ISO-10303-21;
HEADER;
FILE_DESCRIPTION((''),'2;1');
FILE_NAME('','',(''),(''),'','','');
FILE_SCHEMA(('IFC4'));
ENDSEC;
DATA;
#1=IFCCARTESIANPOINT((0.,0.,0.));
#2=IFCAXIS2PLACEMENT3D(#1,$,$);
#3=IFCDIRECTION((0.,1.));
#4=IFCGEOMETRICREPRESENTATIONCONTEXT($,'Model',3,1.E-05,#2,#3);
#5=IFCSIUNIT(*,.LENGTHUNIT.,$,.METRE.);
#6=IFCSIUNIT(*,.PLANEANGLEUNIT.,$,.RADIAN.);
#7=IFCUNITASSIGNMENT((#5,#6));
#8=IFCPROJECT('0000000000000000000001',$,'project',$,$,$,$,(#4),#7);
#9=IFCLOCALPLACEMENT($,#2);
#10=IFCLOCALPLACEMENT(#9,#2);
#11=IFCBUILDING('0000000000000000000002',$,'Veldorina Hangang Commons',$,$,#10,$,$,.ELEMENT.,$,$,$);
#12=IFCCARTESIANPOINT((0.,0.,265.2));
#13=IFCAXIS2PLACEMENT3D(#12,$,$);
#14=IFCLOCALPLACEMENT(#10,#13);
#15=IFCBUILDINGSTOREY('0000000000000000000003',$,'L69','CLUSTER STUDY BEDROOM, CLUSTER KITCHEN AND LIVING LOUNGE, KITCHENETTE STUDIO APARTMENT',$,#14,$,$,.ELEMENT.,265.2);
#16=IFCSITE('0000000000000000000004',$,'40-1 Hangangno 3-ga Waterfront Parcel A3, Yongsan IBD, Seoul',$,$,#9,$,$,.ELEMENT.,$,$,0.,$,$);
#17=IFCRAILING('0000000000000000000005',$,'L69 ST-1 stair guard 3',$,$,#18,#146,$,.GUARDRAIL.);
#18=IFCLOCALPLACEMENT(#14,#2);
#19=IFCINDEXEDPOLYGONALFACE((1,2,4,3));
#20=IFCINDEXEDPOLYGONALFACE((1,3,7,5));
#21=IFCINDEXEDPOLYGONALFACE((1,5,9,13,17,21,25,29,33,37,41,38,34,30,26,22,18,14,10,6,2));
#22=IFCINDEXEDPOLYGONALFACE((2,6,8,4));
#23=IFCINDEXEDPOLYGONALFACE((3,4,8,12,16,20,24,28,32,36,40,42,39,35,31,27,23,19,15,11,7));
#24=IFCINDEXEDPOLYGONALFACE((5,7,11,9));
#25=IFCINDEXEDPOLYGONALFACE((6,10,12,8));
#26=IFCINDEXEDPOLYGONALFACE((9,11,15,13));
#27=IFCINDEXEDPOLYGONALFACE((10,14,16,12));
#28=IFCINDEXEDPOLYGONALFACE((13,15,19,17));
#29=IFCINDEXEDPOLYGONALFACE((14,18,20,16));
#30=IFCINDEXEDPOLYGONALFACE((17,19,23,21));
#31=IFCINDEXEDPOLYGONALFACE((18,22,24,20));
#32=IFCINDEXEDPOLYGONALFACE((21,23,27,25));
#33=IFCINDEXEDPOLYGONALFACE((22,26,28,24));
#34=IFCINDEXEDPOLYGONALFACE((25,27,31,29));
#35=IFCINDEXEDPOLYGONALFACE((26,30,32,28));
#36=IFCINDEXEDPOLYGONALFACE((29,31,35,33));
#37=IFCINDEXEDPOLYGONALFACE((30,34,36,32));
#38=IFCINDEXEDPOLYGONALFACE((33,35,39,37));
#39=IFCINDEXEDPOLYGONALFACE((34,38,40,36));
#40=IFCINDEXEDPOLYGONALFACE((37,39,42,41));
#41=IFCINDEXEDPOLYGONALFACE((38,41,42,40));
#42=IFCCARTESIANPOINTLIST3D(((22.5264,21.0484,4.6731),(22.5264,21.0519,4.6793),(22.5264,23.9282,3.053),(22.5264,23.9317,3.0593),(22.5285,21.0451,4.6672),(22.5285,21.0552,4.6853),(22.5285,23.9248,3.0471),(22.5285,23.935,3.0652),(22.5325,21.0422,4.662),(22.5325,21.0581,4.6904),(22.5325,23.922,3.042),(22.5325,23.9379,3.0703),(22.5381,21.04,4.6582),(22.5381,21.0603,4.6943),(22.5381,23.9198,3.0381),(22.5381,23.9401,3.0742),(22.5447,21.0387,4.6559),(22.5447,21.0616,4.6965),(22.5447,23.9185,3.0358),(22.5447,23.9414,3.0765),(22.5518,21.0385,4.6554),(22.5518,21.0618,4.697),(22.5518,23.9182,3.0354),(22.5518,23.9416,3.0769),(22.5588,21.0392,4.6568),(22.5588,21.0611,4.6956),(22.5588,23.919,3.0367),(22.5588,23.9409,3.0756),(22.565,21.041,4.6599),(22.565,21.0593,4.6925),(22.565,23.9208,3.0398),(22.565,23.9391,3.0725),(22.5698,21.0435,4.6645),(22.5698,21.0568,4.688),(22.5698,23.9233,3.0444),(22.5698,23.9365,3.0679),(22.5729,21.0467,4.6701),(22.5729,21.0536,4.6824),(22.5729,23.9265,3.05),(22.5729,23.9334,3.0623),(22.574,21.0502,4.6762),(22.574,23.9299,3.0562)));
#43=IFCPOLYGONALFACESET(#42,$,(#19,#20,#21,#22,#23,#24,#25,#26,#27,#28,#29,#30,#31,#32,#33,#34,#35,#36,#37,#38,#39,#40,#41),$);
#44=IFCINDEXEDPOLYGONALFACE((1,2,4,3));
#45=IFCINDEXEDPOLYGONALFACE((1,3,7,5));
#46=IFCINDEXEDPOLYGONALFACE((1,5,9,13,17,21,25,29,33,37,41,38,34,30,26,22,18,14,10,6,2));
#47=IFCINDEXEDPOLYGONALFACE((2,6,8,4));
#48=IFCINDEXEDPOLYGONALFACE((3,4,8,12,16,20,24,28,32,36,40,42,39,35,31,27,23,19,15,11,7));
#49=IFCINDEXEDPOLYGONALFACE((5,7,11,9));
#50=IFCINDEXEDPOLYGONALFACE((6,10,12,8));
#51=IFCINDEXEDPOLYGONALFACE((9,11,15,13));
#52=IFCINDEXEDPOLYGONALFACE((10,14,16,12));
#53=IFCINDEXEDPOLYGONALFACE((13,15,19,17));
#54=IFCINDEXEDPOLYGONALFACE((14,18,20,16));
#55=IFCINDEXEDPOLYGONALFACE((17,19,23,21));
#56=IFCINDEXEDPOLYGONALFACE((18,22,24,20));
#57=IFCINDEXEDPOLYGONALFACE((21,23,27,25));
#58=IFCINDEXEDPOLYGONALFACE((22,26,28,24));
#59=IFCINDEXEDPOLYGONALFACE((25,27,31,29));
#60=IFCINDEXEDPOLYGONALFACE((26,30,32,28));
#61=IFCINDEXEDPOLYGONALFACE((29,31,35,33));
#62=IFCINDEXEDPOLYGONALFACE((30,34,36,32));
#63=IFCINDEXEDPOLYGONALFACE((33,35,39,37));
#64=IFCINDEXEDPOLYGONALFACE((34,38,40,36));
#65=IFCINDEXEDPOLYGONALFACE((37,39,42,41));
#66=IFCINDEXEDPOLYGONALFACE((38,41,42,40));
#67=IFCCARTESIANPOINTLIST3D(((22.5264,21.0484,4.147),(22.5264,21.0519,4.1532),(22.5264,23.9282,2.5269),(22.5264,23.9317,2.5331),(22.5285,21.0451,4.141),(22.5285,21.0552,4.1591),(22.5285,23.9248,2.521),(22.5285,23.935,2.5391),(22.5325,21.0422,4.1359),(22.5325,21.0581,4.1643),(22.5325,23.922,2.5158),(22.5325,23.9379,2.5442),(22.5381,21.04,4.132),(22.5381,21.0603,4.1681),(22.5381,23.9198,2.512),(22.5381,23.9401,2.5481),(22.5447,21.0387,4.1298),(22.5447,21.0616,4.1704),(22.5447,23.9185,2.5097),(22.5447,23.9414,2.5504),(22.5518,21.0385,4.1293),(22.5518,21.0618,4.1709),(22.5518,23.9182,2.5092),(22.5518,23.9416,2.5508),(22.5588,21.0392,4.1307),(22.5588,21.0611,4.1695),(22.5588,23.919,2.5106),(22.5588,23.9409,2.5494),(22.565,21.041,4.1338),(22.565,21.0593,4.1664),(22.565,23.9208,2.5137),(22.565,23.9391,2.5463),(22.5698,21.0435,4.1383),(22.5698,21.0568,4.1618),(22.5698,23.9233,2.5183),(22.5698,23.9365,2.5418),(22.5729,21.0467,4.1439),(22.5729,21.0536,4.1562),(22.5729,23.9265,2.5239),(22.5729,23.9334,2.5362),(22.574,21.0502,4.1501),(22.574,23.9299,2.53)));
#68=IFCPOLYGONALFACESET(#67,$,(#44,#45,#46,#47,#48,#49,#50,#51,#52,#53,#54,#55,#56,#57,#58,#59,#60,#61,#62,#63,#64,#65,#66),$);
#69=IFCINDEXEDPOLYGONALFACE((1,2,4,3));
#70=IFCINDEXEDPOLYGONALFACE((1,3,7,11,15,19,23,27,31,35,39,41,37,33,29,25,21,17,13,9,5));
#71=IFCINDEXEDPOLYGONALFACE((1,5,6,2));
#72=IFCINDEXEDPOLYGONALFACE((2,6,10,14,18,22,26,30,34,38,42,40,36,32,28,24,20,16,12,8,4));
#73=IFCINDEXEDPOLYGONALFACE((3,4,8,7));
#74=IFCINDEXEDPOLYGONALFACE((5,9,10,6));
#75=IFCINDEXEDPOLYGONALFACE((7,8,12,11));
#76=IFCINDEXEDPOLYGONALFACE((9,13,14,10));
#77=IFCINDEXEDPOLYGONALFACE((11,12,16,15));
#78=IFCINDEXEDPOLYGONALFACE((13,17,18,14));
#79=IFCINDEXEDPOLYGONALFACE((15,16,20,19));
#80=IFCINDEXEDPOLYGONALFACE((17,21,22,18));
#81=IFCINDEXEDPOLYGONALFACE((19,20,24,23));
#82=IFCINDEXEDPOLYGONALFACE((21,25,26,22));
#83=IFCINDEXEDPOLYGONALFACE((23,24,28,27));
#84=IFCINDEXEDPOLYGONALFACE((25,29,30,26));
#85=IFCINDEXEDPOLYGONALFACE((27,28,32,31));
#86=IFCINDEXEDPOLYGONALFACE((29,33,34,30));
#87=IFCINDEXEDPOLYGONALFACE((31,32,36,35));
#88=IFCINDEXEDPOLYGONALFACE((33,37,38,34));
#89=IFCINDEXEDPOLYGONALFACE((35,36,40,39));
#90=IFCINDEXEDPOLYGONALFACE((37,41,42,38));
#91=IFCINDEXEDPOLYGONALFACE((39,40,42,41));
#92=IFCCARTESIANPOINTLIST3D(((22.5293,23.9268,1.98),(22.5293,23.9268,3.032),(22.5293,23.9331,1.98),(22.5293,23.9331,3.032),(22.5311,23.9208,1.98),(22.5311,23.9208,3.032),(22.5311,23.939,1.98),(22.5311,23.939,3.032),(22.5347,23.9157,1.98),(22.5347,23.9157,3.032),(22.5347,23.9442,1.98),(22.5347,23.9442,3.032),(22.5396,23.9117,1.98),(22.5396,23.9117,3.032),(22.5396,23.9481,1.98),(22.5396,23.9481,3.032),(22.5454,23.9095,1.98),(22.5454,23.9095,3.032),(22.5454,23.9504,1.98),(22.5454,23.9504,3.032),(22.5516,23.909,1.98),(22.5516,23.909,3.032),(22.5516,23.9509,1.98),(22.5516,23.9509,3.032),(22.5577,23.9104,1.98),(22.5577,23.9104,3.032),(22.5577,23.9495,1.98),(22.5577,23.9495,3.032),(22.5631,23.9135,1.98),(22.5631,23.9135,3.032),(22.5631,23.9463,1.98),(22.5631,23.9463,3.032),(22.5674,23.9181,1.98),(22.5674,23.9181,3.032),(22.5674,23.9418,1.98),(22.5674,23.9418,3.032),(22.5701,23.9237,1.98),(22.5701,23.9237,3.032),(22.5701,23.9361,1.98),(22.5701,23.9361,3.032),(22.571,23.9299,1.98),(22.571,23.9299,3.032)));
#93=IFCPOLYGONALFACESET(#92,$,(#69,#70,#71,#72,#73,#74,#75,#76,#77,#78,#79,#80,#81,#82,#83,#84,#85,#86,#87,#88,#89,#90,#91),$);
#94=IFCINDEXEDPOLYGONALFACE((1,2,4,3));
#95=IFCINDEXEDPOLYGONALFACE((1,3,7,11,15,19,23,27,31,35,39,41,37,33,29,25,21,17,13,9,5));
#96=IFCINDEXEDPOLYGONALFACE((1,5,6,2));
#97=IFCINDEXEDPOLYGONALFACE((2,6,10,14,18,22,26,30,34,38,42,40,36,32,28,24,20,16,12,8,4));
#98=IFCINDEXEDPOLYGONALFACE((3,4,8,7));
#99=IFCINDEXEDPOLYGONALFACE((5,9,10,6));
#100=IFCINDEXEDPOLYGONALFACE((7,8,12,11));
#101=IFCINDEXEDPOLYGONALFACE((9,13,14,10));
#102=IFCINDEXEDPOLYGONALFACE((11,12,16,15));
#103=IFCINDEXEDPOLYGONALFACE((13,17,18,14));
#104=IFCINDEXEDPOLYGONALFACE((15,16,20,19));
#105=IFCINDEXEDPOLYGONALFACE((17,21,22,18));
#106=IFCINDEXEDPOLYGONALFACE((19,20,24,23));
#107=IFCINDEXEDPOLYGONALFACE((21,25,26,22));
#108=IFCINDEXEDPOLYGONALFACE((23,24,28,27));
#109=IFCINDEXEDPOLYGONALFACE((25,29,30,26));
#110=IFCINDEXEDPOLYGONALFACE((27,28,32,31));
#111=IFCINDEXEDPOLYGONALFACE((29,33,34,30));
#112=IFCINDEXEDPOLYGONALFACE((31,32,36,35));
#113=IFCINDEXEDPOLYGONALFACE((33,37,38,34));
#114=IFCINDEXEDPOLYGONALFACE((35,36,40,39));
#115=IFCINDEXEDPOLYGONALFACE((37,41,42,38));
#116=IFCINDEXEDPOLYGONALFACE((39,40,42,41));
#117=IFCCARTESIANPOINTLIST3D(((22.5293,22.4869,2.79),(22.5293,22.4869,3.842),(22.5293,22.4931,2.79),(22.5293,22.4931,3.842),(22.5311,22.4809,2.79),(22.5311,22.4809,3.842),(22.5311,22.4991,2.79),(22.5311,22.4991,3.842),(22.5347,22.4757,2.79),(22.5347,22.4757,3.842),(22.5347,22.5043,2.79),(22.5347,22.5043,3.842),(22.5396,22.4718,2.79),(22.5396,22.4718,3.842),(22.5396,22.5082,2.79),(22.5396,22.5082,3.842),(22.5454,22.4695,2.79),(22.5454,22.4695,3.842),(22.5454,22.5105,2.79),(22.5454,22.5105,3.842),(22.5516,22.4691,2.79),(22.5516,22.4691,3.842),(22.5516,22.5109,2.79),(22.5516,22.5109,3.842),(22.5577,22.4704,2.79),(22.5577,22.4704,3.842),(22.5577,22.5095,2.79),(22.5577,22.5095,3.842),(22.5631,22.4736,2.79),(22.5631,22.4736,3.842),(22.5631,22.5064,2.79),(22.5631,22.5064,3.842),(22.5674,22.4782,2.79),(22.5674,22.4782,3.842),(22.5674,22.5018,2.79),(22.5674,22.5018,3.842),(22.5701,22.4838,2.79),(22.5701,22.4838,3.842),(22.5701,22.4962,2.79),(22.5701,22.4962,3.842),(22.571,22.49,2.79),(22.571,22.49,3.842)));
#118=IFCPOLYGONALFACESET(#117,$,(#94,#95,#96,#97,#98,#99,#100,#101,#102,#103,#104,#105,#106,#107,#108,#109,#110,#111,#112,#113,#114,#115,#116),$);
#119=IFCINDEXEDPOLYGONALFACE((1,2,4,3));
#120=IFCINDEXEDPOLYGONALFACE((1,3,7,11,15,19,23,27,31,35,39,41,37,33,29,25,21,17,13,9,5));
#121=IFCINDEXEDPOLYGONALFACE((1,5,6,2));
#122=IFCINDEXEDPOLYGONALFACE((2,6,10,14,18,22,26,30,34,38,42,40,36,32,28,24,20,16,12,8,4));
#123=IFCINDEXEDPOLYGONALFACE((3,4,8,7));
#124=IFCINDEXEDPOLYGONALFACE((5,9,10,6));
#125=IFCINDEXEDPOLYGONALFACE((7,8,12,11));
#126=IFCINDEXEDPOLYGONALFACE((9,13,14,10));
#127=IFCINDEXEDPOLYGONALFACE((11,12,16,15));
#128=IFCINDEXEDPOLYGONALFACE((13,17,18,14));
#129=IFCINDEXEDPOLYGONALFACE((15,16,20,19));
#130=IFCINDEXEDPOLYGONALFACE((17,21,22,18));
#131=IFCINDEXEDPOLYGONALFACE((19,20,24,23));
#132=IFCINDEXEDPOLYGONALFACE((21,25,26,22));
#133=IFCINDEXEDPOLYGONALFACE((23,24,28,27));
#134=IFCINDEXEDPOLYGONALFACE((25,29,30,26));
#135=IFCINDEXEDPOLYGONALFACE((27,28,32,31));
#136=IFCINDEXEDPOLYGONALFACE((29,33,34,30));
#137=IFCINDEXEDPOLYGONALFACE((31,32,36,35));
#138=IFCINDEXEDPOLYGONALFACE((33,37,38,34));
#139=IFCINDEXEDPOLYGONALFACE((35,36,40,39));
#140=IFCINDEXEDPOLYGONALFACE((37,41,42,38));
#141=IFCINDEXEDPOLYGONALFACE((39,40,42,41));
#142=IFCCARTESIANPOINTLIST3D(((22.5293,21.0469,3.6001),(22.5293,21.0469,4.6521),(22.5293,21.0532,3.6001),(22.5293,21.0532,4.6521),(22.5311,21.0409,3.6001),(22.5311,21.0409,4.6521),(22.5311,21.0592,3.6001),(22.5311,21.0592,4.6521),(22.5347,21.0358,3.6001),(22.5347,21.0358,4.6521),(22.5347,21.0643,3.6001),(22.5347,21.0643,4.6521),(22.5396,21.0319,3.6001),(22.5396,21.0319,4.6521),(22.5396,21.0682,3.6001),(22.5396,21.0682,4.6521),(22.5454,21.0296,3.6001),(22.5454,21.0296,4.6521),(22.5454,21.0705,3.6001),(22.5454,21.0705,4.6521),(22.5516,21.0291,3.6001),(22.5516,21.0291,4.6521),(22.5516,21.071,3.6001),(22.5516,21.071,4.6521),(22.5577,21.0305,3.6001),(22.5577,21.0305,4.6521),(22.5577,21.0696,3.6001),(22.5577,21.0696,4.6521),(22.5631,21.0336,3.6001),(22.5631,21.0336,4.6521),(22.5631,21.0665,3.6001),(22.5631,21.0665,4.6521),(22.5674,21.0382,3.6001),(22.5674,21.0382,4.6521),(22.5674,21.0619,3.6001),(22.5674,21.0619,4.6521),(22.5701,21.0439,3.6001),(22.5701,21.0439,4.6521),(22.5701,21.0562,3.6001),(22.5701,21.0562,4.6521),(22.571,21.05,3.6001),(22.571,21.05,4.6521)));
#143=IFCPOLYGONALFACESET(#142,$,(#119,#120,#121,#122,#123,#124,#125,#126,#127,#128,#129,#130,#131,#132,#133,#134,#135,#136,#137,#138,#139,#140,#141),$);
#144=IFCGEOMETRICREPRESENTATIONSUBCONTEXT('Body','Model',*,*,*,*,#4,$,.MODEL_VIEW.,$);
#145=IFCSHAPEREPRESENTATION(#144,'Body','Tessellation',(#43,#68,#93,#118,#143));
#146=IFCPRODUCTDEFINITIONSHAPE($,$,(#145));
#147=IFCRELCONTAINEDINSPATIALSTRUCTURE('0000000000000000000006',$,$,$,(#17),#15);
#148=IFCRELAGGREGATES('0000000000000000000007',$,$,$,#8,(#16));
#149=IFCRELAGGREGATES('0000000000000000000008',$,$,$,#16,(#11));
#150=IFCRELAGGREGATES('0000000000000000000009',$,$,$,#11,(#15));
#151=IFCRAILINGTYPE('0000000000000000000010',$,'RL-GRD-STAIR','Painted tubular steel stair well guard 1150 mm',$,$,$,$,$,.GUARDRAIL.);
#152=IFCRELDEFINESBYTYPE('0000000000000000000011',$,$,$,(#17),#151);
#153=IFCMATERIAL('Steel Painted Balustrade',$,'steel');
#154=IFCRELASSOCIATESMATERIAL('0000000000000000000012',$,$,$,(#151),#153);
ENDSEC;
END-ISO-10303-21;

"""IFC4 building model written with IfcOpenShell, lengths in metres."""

from ifc_helpers import new_model, si_unit, direction, frame, origin, origin_2d, place, context, subcontext, project, spatial, circle, extrude, material, type_object, element, save


model = new_model("IFC4")

# Units and contexts
model_context = context("Model", 3, precision=1e-05, world=origin(), true_north=direction((0.0, 1.0)))
body_context = subcontext(model_context, "Body", "Model", "MODEL_VIEW")
ifc_project = project(units=[si_unit("LENGTHUNIT", "METRE"), si_unit("PLANEANGLEUNIT", "RADIAN")], contexts=[model_context])

# Site, building, storey
site_placement = place(None, origin())
site = spatial("IfcSite", under=ifc_project, at=site_placement, Name="40-1 Hangangno 3-ga Waterfront Parcel A3, Yongsan IBD, Seoul", CompositionType="ELEMENT", RefElevation=0.0)
building_placement = place(site_placement, origin())
building = spatial("IfcBuilding", under=site, at=building_placement, Name="Veldorina Hangang Commons", CompositionType="ELEMENT")
storey_placement = place(building_placement, frame((0.0, 0.0, 265.2)))
storey = spatial("IfcBuildingStorey", under=building, at=storey_placement, Name="L69", Description="CLUSTER STUDY BEDROOM, CLUSTER KITCHEN AND LIVING LOUNGE, KITCHENETTE STUDIO APARTMENT", CompositionType="ELEMENT", Elevation=265.2)

# Railing
ifc_material_1 = material(Name="Steel Painted Balustrade", Category="steel")
railing_type_1 = type_object("IfcRailingType", Name="RL-GRD-STAIR", Description="Painted tubular steel stair well guard 1150 mm", PredefinedType="GUARDRAIL", material=ifc_material_1)
railing_1_placement = place(storey_placement, frame((22.55, 23.9299, 1.98)))
element("IfcRailing", 1, at=railing_1_placement, inside=storey, type_object=railing_type_1, Name="L69 ST-1 stair guard 3", PredefinedType="GUARDRAIL", context=body_context, shape_type="SweptSolid", body=[
    extrude(circle(Radius=0.0239, at=origin_2d()), frame((0.0, 0.0, 1.0762), z_axis=(0.0, -0.871552, 0.490303), x_axis=(1.0, 0.0, 0.0)), (0.0, 0.0, 1.0), 3.3042),
    extrude(circle(Radius=0.0239, at=origin_2d()), frame((0.0, 0.0, 0.55), z_axis=(0.0, -0.871552, 0.490303), x_axis=(1.0, 0.0, 0.0)), (0.0, 0.0, 1.0), 3.3042),
    extrude(circle(Radius=0.021, at=origin_2d()), origin(), (0.0, 0.0, 1.0), 1.052),
    extrude(circle(Radius=0.021, at=origin_2d()), frame((0.0, -1.4399, 0.8101)), (0.0, 0.0, 1.0), 1.052),
    extrude(circle(Radius=0.021, at=origin_2d()), frame((0.0, -2.8799, 1.6201)), (0.0, 0.0, 1.0), 1.052),
])

save(model, "model.ifc")
